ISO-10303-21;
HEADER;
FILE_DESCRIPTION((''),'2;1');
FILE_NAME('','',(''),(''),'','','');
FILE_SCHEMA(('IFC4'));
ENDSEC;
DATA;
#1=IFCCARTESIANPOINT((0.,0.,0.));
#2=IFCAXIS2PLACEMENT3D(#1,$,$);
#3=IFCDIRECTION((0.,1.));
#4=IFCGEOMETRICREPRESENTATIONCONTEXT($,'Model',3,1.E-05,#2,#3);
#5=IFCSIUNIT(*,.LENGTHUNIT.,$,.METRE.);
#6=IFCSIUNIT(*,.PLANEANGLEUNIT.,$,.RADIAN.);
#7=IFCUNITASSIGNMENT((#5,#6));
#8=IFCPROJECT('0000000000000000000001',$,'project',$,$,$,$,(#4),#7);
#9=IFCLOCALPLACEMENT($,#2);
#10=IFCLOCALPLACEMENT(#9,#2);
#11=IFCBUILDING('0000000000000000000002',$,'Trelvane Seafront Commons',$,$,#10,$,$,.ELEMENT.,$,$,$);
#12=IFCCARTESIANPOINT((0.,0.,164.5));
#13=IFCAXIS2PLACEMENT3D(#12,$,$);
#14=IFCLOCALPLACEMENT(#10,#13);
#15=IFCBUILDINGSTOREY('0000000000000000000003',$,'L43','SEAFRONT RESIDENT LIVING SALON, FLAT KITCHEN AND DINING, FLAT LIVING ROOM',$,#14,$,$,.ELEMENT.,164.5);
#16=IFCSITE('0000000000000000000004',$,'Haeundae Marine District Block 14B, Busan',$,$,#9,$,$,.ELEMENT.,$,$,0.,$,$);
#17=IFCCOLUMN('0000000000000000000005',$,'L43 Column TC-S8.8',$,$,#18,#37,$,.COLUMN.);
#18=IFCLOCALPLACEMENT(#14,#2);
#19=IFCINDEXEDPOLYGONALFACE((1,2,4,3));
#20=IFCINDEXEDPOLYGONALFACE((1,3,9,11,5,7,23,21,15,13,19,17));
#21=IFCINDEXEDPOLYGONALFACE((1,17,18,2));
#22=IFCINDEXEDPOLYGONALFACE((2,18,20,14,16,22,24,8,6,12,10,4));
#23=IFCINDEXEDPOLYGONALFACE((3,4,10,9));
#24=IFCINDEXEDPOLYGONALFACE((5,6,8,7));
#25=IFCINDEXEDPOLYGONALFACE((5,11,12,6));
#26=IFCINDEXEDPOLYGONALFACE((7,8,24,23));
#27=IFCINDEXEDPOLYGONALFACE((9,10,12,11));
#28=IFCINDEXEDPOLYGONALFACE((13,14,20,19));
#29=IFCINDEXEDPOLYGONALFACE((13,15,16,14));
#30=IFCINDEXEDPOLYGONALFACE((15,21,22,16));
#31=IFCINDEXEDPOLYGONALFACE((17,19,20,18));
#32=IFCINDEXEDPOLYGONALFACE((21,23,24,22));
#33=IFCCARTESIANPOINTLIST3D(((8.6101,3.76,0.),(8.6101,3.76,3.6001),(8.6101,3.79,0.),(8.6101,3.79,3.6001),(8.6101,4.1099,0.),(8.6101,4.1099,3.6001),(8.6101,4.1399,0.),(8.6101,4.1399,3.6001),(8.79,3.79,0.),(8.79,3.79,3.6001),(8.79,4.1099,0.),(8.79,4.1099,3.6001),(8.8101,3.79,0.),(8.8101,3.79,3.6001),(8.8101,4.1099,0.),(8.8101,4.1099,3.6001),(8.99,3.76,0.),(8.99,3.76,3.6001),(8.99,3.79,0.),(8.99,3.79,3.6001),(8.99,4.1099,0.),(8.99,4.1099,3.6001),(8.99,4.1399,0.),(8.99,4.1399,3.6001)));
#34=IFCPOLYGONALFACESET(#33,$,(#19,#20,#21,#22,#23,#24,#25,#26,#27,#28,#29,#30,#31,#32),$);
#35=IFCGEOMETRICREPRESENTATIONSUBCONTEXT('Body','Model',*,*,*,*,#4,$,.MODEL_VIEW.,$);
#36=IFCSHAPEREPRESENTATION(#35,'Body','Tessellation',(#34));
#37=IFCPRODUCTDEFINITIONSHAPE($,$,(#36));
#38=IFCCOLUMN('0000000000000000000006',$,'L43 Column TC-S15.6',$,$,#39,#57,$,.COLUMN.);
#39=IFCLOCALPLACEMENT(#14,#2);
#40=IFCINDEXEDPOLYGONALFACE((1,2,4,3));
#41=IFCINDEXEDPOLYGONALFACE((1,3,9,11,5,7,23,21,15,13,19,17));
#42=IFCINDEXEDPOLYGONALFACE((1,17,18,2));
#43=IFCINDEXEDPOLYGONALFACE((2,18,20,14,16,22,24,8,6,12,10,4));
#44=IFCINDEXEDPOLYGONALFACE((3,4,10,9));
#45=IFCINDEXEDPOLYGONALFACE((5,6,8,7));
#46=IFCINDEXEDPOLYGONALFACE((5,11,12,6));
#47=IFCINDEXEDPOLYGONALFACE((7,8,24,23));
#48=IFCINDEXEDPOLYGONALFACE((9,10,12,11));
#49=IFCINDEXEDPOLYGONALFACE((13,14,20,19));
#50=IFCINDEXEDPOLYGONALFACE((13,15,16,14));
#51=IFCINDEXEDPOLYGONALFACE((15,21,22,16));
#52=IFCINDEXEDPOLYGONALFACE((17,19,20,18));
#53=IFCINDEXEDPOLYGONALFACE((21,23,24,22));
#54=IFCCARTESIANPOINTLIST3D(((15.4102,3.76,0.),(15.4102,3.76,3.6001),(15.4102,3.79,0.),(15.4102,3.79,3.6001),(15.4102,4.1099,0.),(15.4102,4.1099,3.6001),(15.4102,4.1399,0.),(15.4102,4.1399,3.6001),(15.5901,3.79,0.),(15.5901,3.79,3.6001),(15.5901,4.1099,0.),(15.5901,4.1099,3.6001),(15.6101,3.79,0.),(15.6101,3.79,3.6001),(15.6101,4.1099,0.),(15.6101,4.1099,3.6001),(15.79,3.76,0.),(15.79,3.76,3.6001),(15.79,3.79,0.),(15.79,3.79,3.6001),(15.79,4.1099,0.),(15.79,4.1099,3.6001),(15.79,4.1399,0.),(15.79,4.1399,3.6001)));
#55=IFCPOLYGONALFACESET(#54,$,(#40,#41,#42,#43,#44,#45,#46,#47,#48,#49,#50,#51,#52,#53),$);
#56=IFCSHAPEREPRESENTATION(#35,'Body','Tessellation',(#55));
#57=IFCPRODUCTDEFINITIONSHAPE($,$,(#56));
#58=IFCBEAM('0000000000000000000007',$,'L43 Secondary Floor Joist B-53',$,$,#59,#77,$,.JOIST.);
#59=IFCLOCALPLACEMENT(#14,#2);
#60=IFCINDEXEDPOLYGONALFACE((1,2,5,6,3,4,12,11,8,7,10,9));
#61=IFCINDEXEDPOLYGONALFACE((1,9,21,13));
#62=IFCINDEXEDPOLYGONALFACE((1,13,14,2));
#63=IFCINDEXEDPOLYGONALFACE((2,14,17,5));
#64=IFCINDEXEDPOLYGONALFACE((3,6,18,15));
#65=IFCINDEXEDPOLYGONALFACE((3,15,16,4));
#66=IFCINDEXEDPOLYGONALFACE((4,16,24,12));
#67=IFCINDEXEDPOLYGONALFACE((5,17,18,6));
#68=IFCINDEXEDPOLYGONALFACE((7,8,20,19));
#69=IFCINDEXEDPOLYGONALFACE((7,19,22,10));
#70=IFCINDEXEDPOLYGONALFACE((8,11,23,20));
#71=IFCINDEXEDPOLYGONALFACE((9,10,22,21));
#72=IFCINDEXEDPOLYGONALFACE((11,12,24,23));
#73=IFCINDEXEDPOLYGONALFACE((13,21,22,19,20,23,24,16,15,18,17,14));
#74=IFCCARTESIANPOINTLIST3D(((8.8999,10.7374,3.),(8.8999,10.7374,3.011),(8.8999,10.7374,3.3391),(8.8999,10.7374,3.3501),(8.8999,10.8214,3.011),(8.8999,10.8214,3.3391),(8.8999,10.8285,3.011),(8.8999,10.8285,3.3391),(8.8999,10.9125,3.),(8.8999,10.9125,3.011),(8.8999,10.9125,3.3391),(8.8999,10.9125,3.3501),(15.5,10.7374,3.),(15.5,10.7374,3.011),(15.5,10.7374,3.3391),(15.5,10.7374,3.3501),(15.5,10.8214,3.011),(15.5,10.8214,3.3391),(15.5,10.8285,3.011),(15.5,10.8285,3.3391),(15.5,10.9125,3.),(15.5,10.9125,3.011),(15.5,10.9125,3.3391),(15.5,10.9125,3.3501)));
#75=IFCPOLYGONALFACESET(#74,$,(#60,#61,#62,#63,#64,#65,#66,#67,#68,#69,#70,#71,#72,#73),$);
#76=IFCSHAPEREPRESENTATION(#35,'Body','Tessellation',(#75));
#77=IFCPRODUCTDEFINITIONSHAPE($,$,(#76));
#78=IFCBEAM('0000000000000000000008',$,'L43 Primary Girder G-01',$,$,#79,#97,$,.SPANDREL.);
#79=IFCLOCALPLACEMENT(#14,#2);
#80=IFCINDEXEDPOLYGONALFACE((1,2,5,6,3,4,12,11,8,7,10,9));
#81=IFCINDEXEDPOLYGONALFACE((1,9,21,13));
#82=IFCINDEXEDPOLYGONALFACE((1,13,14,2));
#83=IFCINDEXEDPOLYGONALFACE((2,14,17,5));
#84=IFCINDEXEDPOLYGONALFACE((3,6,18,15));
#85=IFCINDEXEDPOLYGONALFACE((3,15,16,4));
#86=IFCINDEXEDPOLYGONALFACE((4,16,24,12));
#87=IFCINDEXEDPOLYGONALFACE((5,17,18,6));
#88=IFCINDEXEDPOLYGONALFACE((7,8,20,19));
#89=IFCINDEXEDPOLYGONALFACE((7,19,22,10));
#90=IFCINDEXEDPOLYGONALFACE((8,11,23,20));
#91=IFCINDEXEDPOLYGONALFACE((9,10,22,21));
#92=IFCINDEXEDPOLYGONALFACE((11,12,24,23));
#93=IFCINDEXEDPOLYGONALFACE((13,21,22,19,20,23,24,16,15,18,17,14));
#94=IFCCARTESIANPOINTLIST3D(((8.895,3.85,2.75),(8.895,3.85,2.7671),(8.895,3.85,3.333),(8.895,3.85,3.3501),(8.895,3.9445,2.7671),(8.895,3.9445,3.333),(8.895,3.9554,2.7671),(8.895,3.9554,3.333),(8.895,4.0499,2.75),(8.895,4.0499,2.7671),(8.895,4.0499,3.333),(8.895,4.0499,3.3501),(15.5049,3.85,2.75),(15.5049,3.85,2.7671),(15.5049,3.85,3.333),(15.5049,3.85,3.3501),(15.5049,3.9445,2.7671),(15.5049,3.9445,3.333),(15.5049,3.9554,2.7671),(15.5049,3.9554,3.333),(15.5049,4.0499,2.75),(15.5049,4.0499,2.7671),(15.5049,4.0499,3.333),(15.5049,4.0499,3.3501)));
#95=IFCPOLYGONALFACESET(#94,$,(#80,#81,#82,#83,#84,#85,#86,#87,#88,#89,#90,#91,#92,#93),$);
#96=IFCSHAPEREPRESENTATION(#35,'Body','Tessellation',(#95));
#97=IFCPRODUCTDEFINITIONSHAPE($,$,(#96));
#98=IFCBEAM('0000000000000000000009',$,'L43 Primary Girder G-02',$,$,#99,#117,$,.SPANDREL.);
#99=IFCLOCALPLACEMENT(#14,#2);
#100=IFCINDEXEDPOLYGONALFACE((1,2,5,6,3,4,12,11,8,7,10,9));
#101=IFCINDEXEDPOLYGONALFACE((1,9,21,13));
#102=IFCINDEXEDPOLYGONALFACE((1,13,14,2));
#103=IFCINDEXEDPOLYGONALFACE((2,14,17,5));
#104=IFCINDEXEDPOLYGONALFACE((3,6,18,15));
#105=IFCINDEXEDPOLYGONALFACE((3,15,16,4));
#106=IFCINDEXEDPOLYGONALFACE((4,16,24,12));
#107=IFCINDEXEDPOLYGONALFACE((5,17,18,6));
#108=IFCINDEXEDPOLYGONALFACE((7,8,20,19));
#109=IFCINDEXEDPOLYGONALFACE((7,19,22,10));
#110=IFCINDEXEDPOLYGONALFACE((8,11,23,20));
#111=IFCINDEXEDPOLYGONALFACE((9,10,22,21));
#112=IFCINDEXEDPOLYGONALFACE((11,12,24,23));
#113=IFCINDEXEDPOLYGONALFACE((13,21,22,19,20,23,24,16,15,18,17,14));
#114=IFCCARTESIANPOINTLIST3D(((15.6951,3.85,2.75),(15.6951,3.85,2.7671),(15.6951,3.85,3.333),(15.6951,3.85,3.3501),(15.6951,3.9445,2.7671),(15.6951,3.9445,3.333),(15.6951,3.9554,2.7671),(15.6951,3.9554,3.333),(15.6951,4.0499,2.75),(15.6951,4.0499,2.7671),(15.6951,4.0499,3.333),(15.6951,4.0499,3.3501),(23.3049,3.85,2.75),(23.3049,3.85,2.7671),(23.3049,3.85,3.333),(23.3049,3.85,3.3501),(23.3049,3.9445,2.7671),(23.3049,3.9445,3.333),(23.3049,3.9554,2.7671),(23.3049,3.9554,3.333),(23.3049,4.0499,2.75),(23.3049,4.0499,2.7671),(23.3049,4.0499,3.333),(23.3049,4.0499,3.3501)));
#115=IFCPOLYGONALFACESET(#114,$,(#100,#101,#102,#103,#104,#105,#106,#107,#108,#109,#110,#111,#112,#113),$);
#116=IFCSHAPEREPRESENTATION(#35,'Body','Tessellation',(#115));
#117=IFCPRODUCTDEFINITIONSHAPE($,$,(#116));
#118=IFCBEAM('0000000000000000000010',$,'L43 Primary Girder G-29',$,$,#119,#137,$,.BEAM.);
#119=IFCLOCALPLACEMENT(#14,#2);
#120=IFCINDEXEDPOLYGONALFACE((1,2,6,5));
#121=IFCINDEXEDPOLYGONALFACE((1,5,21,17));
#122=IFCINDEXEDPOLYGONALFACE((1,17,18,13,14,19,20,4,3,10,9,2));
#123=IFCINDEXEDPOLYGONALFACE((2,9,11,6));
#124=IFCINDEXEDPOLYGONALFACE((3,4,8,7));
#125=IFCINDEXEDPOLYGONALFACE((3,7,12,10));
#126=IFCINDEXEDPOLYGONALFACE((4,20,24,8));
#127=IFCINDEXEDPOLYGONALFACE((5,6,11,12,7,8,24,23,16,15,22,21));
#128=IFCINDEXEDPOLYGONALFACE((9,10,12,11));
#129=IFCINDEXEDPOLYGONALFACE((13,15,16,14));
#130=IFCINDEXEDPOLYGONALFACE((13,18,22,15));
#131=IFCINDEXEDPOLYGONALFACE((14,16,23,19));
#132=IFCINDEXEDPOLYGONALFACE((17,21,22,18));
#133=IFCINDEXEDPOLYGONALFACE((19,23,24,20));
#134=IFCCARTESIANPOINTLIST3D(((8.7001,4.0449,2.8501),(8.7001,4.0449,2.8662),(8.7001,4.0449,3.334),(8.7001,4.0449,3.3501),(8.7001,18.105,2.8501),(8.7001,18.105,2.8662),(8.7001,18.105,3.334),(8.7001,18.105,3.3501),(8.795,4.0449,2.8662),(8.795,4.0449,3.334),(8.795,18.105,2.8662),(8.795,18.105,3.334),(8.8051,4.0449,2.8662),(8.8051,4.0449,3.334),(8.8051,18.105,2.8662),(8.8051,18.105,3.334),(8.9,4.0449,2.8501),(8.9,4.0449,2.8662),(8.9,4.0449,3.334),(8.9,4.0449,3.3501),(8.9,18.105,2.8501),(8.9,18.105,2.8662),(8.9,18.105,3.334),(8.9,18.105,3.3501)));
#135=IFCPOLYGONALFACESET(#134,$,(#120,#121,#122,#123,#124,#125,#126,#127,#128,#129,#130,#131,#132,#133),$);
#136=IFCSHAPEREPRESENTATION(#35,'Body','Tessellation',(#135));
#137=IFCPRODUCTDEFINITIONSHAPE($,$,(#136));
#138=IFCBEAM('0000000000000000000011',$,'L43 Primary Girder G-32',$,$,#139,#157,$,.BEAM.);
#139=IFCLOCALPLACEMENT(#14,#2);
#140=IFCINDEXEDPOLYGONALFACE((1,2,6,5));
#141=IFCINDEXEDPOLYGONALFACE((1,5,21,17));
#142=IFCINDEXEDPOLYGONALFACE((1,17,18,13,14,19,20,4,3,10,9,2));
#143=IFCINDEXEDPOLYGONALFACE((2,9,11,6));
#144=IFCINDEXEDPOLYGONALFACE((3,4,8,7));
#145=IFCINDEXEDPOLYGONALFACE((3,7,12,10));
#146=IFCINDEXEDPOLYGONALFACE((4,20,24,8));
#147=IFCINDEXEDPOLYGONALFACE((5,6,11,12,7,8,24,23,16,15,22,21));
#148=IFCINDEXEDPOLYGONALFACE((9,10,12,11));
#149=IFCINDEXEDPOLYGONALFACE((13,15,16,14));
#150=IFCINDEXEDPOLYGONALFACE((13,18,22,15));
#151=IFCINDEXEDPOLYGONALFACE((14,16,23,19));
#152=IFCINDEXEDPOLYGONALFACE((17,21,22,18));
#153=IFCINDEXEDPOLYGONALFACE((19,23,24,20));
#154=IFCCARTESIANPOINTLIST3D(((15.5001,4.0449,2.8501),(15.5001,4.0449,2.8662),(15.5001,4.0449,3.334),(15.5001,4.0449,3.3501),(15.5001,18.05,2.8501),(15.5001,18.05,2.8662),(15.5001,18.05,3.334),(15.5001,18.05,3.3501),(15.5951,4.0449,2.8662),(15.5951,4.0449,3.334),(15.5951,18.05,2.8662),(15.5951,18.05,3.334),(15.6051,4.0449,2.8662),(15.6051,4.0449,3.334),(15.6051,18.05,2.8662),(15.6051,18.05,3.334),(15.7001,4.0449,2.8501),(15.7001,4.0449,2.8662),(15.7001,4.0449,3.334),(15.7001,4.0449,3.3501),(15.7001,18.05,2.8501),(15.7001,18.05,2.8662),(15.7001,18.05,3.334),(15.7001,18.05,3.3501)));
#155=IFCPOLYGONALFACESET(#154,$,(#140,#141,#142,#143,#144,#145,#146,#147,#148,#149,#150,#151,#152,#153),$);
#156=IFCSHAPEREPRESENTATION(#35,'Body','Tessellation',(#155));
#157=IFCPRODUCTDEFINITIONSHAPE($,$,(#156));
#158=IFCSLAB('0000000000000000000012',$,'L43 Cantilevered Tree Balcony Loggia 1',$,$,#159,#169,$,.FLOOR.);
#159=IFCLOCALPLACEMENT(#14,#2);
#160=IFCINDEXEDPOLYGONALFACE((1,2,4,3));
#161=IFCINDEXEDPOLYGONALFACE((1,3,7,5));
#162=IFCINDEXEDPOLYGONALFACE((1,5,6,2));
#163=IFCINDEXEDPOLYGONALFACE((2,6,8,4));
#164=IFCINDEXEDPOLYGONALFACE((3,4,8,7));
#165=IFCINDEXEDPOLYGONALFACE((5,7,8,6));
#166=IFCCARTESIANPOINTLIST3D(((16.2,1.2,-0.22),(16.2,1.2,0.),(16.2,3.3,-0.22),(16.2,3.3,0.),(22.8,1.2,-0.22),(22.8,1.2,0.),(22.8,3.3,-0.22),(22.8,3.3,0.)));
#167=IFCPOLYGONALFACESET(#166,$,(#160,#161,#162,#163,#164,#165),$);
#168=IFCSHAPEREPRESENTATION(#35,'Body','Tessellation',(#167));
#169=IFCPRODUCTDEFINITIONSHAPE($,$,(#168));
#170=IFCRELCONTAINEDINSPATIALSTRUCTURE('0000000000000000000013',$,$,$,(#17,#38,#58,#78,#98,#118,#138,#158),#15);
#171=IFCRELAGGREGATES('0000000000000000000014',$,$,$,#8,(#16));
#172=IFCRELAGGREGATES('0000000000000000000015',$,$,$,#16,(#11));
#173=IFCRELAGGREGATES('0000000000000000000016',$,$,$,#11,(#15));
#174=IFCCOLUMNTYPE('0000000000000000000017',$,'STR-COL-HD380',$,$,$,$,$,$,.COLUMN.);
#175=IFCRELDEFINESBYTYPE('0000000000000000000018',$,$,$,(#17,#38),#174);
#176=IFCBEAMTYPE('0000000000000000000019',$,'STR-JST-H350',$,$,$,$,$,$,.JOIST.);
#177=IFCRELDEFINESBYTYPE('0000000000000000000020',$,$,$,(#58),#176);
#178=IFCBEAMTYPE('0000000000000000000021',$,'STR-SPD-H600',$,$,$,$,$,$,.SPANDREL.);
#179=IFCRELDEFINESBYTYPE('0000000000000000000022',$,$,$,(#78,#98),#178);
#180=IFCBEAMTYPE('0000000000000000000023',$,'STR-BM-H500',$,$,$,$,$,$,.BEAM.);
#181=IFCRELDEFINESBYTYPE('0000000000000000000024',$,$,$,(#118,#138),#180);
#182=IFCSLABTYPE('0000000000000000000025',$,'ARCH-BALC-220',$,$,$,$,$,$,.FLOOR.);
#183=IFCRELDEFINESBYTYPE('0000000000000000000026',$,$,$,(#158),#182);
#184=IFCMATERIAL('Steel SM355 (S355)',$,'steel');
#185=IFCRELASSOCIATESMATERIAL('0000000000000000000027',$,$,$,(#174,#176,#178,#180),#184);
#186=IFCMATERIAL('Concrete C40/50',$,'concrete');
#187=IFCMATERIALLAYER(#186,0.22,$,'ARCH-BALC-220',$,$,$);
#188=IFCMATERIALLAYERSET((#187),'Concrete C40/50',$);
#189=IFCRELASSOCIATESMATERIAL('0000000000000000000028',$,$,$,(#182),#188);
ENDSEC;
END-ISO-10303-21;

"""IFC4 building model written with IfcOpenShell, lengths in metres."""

from ifc_helpers import new_model, si_unit, direction, frame, origin, origin_2d, place, context, subcontext, project, spatial, polyline, i_section, outline, extrude, source, transform, mapped, material, layer, layer_set, material_profile, profile_set, type_object, element, save


model = new_model("IFC4")

# Units and contexts
model_context = context("Model", 3, precision=1e-05, world=origin(), true_north=direction((0.0, 1.0)))
body_context = subcontext(model_context, "Body", "Model", "MODEL_VIEW")
ifc_project = project(units=[si_unit("LENGTHUNIT", "METRE"), si_unit("PLANEANGLEUNIT", "RADIAN")], contexts=[model_context])

# Site, building, storey
site_placement = place(None, origin())
site = spatial("IfcSite", under=ifc_project, at=site_placement, Name="Haeundae Marine District Block 14B, Busan", CompositionType="ELEMENT", RefElevation=0.0)
building_placement = place(site_placement, origin())
building = spatial("IfcBuilding", under=site, at=building_placement, Name="Trelvane Seafront Commons", CompositionType="ELEMENT")
storey_placement = place(building_placement, frame((0.0, 0.0, 164.5)))
storey = spatial("IfcBuildingStorey", under=building, at=storey_placement, Name="L43", Description="SEAFRONT RESIDENT LIVING SALON, FLAT KITCHEN AND DINING, FLAT LIVING ROOM", CompositionType="ELEMENT", Elevation=164.5)

# Columns
ifc_material_1 = material(Name="Steel SM355 (S355)", Category="steel")
ifc_material_profile_1 = material_profile(ifc_material_1, i_section(OverallWidth=0.3799, OverallDepth=0.3799, WebThickness=0.02, FlangeThickness=0.03, at=origin_2d()), Name="HD-380x380x20x30")
ifc_profile_set_1 = profile_set([ifc_material_profile_1], Name="Steel SM355 (S355)")
column_type = type_object("IfcColumnType", Name="STR-COL-HD380", PredefinedType="COLUMN", material=ifc_profile_set_1)
shared_shape_1 = source(origin(), body_context, "Body", "SweptSolid", [
    extrude(i_section(OverallWidth=0.3799, OverallDepth=0.3799, WebThickness=0.02, FlangeThickness=0.03, at=origin_2d()), origin(), (0.0, 0.0, 1.0), 3.6001),
])
for number, where, z_axis, x_axis, name in (
    (1, (8.8, 3.95, 0.0), (0.0, 0.0, 1.0), (1.0, 0.0, 0.0), "L43 Column TC-S8.8"),
    (2, (15.6001, 3.95, 0.0), (0.0, 0.0, 1.0), (1.0, 0.0, 0.0), "L43 Column TC-S15.6"),
):
    element("IfcColumn", number, at=place(storey_placement, frame(where, z_axis=z_axis, x_axis=x_axis)), inside=storey, type_object=column_type, Name=name, PredefinedType="COLUMN", context=body_context, shape_type="MappedRepresentation", body=[
        mapped(shared_shape_1, transform((0.0, 0.0, 0.0), x_axis=(1.0, 0.0, 0.0), y_axis=(0.0, 1.0, 0.0), z_axis=(0.0, 0.0, 1.0), scale=1.0)),
    ])

# Beams
ifc_material_profile_2 = material_profile(ifc_material_1, i_section(OverallWidth=0.175, OverallDepth=0.3501, WebThickness=0.0071, FlangeThickness=0.011, at=origin_2d()), Name="H-350x175x7x11")
ifc_profile_set_2 = profile_set([ifc_material_profile_2], Name="Steel SM355 (S355)")
beam_type_1 = type_object("IfcBeamType", Name="STR-JST-H350", PredefinedType="JOIST", material=ifc_profile_set_2)
shared_shape_2 = source(origin(), body_context, "Body", "SweptSolid", [
    extrude(i_section(OverallWidth=0.175, OverallDepth=0.3501, WebThickness=0.0071, FlangeThickness=0.011, at=origin_2d()), origin(), (0.0, 0.0, 1.0), 6.6001),
])
beam_1_placement = place(storey_placement, frame((8.8999, 10.825, 3.175), z_axis=(1.0, 0.0, 0.0), x_axis=(0.0, 1.0, 0.0)))
element("IfcBeam", 3, at=beam_1_placement, inside=storey, type_object=beam_type_1, Name="L43 Secondary Floor Joist B-53", PredefinedType="JOIST", context=body_context, shape_type="MappedRepresentation", body=[
    mapped(shared_shape_2, transform((0.0, 0.0, 0.0), x_axis=(1.0, 0.0, 0.0), y_axis=(0.0, 1.0, 0.0), z_axis=(0.0, 0.0, 1.0), scale=1.0)),
])
ifc_material_profile_3 = material_profile(ifc_material_1, i_section(OverallWidth=0.2, OverallDepth=0.6001, WebThickness=0.011, FlangeThickness=0.0171, at=origin_2d()), Name="H-600x200x11x17")
ifc_profile_set_3 = profile_set([ifc_material_profile_3], Name="Steel SM355 (S355)")
beam_type_2 = type_object("IfcBeamType", Name="STR-SPD-H600", PredefinedType="SPANDREL", material=ifc_profile_set_3)
shared_shape_3 = source(origin(), body_context, "Body", "SweptSolid", [
    extrude(i_section(OverallWidth=0.2, OverallDepth=0.6001, WebThickness=0.011, FlangeThickness=0.0171, at=origin_2d()), origin(), (0.0, 0.0, 1.0), 6.6099),
])
beam_2_placement = place(storey_placement, frame((8.895, 3.95, 3.05), z_axis=(1.0, 0.0, 0.0), x_axis=(0.0, 1.0, 0.0)))
element("IfcBeam", 4, at=beam_2_placement, inside=storey, type_object=beam_type_2, Name="L43 Primary Girder G-01", PredefinedType="SPANDREL", context=body_context, shape_type="MappedRepresentation", body=[
    mapped(shared_shape_3, transform((0.0, 0.0, 0.0), x_axis=(1.0, 0.0, 0.0), y_axis=(0.0, 1.0, 0.0), z_axis=(0.0, 0.0, 1.0), scale=1.0)),
])
shared_shape_4 = source(origin(), body_context, "Body", "SweptSolid", [
    extrude(i_section(OverallWidth=0.2, OverallDepth=0.6001, WebThickness=0.011, FlangeThickness=0.0171, at=origin_2d()), origin(), (0.0, 0.0, 1.0), 7.6099),
])
beam_3_placement = place(storey_placement, frame((15.6951, 3.95, 3.05), z_axis=(1.0, 0.0, 0.0), x_axis=(0.0, 1.0, 0.0)))
element("IfcBeam", 5, at=beam_3_placement, inside=storey, type_object=beam_type_2, Name="L43 Primary Girder G-02", PredefinedType="SPANDREL", context=body_context, shape_type="MappedRepresentation", body=[
    mapped(shared_shape_4, transform((0.0, 0.0, 0.0), x_axis=(1.0, 0.0, 0.0), y_axis=(0.0, 1.0, 0.0), z_axis=(0.0, 0.0, 1.0), scale=1.0)),
])
ifc_material_profile_4 = material_profile(ifc_material_1, i_section(OverallWidth=0.2, OverallDepth=0.5, WebThickness=0.01, FlangeThickness=0.0161, at=origin_2d()), Name="H-500x200x10x16")
ifc_profile_set_4 = profile_set([ifc_material_profile_4], Name="Steel SM355 (S355)")
beam_type_3 = type_object("IfcBeamType", Name="STR-BM-H500", PredefinedType="BEAM", material=ifc_profile_set_4)
shared_shape_5 = source(origin(), body_context, "Body", "SweptSolid", [
    extrude(i_section(OverallWidth=0.2, OverallDepth=0.5, WebThickness=0.01, FlangeThickness=0.0161, at=origin_2d()), origin(), (0.0, 0.0, 1.0), 14.0601),
])
beam_4_placement = place(storey_placement, frame((8.8, 4.0449, 3.1001), z_axis=(0.0, 1.0, 0.0), x_axis=(-1.0, 0.0, 0.0)))
element("IfcBeam", 6, at=beam_4_placement, inside=storey, type_object=beam_type_3, Name="L43 Primary Girder G-29", PredefinedType="BEAM", context=body_context, shape_type="MappedRepresentation", body=[
    mapped(shared_shape_5, transform((0.0, 0.0, 0.0), x_axis=(1.0, 0.0, 0.0), y_axis=(0.0, 1.0, 0.0), z_axis=(0.0, 0.0, 1.0), scale=1.0)),
])
shared_shape_6 = source(origin(), body_context, "Body", "SweptSolid", [
    extrude(i_section(OverallWidth=0.2, OverallDepth=0.5, WebThickness=0.01, FlangeThickness=0.0161, at=origin_2d()), origin(), (0.0, 0.0, 1.0), 14.0051),
])
beam_5_placement = place(storey_placement, frame((15.6001, 4.0449, 3.1001), z_axis=(0.0, 1.0, 0.0), x_axis=(-1.0, 0.0, 0.0)))
element("IfcBeam", 7, at=beam_5_placement, inside=storey, type_object=beam_type_3, Name="L43 Primary Girder G-32", PredefinedType="BEAM", context=body_context, shape_type="MappedRepresentation", body=[
    mapped(shared_shape_6, transform((0.0, 0.0, 0.0), x_axis=(1.0, 0.0, 0.0), y_axis=(0.0, 1.0, 0.0), z_axis=(0.0, 0.0, 1.0), scale=1.0)),
])

# Slab
ifc_material_2 = material(Name="Concrete C40/50", Category="concrete")
ifc_layer_1 = layer(ifc_material_2, 0.22, Name="ARCH-BALC-220")
ifc_layer_set_1 = layer_set([ifc_layer_1], Name="Concrete C40/50")
slab_type_1 = type_object("IfcSlabType", Name="ARCH-BALC-220", PredefinedType="FLOOR", material=ifc_layer_set_1)
slab_1_placement = place(storey_placement, frame((0.0, 0.0, -0.22)))
element("IfcSlab", 8, at=slab_1_placement, inside=storey, type_object=slab_type_1, Name="L43 Cantilevered Tree Balcony Loggia 1", PredefinedType="FLOOR", context=body_context, shape_type="SweptSolid", body=[
    extrude(outline(polyline([(16.2, 1.2), (22.8, 1.2), (22.8, 3.3), (16.2, 3.3), (16.2, 1.2)])), origin(), (0.0, 0.0, 1.0), 0.22),
])

save(model, "model.ifc")
